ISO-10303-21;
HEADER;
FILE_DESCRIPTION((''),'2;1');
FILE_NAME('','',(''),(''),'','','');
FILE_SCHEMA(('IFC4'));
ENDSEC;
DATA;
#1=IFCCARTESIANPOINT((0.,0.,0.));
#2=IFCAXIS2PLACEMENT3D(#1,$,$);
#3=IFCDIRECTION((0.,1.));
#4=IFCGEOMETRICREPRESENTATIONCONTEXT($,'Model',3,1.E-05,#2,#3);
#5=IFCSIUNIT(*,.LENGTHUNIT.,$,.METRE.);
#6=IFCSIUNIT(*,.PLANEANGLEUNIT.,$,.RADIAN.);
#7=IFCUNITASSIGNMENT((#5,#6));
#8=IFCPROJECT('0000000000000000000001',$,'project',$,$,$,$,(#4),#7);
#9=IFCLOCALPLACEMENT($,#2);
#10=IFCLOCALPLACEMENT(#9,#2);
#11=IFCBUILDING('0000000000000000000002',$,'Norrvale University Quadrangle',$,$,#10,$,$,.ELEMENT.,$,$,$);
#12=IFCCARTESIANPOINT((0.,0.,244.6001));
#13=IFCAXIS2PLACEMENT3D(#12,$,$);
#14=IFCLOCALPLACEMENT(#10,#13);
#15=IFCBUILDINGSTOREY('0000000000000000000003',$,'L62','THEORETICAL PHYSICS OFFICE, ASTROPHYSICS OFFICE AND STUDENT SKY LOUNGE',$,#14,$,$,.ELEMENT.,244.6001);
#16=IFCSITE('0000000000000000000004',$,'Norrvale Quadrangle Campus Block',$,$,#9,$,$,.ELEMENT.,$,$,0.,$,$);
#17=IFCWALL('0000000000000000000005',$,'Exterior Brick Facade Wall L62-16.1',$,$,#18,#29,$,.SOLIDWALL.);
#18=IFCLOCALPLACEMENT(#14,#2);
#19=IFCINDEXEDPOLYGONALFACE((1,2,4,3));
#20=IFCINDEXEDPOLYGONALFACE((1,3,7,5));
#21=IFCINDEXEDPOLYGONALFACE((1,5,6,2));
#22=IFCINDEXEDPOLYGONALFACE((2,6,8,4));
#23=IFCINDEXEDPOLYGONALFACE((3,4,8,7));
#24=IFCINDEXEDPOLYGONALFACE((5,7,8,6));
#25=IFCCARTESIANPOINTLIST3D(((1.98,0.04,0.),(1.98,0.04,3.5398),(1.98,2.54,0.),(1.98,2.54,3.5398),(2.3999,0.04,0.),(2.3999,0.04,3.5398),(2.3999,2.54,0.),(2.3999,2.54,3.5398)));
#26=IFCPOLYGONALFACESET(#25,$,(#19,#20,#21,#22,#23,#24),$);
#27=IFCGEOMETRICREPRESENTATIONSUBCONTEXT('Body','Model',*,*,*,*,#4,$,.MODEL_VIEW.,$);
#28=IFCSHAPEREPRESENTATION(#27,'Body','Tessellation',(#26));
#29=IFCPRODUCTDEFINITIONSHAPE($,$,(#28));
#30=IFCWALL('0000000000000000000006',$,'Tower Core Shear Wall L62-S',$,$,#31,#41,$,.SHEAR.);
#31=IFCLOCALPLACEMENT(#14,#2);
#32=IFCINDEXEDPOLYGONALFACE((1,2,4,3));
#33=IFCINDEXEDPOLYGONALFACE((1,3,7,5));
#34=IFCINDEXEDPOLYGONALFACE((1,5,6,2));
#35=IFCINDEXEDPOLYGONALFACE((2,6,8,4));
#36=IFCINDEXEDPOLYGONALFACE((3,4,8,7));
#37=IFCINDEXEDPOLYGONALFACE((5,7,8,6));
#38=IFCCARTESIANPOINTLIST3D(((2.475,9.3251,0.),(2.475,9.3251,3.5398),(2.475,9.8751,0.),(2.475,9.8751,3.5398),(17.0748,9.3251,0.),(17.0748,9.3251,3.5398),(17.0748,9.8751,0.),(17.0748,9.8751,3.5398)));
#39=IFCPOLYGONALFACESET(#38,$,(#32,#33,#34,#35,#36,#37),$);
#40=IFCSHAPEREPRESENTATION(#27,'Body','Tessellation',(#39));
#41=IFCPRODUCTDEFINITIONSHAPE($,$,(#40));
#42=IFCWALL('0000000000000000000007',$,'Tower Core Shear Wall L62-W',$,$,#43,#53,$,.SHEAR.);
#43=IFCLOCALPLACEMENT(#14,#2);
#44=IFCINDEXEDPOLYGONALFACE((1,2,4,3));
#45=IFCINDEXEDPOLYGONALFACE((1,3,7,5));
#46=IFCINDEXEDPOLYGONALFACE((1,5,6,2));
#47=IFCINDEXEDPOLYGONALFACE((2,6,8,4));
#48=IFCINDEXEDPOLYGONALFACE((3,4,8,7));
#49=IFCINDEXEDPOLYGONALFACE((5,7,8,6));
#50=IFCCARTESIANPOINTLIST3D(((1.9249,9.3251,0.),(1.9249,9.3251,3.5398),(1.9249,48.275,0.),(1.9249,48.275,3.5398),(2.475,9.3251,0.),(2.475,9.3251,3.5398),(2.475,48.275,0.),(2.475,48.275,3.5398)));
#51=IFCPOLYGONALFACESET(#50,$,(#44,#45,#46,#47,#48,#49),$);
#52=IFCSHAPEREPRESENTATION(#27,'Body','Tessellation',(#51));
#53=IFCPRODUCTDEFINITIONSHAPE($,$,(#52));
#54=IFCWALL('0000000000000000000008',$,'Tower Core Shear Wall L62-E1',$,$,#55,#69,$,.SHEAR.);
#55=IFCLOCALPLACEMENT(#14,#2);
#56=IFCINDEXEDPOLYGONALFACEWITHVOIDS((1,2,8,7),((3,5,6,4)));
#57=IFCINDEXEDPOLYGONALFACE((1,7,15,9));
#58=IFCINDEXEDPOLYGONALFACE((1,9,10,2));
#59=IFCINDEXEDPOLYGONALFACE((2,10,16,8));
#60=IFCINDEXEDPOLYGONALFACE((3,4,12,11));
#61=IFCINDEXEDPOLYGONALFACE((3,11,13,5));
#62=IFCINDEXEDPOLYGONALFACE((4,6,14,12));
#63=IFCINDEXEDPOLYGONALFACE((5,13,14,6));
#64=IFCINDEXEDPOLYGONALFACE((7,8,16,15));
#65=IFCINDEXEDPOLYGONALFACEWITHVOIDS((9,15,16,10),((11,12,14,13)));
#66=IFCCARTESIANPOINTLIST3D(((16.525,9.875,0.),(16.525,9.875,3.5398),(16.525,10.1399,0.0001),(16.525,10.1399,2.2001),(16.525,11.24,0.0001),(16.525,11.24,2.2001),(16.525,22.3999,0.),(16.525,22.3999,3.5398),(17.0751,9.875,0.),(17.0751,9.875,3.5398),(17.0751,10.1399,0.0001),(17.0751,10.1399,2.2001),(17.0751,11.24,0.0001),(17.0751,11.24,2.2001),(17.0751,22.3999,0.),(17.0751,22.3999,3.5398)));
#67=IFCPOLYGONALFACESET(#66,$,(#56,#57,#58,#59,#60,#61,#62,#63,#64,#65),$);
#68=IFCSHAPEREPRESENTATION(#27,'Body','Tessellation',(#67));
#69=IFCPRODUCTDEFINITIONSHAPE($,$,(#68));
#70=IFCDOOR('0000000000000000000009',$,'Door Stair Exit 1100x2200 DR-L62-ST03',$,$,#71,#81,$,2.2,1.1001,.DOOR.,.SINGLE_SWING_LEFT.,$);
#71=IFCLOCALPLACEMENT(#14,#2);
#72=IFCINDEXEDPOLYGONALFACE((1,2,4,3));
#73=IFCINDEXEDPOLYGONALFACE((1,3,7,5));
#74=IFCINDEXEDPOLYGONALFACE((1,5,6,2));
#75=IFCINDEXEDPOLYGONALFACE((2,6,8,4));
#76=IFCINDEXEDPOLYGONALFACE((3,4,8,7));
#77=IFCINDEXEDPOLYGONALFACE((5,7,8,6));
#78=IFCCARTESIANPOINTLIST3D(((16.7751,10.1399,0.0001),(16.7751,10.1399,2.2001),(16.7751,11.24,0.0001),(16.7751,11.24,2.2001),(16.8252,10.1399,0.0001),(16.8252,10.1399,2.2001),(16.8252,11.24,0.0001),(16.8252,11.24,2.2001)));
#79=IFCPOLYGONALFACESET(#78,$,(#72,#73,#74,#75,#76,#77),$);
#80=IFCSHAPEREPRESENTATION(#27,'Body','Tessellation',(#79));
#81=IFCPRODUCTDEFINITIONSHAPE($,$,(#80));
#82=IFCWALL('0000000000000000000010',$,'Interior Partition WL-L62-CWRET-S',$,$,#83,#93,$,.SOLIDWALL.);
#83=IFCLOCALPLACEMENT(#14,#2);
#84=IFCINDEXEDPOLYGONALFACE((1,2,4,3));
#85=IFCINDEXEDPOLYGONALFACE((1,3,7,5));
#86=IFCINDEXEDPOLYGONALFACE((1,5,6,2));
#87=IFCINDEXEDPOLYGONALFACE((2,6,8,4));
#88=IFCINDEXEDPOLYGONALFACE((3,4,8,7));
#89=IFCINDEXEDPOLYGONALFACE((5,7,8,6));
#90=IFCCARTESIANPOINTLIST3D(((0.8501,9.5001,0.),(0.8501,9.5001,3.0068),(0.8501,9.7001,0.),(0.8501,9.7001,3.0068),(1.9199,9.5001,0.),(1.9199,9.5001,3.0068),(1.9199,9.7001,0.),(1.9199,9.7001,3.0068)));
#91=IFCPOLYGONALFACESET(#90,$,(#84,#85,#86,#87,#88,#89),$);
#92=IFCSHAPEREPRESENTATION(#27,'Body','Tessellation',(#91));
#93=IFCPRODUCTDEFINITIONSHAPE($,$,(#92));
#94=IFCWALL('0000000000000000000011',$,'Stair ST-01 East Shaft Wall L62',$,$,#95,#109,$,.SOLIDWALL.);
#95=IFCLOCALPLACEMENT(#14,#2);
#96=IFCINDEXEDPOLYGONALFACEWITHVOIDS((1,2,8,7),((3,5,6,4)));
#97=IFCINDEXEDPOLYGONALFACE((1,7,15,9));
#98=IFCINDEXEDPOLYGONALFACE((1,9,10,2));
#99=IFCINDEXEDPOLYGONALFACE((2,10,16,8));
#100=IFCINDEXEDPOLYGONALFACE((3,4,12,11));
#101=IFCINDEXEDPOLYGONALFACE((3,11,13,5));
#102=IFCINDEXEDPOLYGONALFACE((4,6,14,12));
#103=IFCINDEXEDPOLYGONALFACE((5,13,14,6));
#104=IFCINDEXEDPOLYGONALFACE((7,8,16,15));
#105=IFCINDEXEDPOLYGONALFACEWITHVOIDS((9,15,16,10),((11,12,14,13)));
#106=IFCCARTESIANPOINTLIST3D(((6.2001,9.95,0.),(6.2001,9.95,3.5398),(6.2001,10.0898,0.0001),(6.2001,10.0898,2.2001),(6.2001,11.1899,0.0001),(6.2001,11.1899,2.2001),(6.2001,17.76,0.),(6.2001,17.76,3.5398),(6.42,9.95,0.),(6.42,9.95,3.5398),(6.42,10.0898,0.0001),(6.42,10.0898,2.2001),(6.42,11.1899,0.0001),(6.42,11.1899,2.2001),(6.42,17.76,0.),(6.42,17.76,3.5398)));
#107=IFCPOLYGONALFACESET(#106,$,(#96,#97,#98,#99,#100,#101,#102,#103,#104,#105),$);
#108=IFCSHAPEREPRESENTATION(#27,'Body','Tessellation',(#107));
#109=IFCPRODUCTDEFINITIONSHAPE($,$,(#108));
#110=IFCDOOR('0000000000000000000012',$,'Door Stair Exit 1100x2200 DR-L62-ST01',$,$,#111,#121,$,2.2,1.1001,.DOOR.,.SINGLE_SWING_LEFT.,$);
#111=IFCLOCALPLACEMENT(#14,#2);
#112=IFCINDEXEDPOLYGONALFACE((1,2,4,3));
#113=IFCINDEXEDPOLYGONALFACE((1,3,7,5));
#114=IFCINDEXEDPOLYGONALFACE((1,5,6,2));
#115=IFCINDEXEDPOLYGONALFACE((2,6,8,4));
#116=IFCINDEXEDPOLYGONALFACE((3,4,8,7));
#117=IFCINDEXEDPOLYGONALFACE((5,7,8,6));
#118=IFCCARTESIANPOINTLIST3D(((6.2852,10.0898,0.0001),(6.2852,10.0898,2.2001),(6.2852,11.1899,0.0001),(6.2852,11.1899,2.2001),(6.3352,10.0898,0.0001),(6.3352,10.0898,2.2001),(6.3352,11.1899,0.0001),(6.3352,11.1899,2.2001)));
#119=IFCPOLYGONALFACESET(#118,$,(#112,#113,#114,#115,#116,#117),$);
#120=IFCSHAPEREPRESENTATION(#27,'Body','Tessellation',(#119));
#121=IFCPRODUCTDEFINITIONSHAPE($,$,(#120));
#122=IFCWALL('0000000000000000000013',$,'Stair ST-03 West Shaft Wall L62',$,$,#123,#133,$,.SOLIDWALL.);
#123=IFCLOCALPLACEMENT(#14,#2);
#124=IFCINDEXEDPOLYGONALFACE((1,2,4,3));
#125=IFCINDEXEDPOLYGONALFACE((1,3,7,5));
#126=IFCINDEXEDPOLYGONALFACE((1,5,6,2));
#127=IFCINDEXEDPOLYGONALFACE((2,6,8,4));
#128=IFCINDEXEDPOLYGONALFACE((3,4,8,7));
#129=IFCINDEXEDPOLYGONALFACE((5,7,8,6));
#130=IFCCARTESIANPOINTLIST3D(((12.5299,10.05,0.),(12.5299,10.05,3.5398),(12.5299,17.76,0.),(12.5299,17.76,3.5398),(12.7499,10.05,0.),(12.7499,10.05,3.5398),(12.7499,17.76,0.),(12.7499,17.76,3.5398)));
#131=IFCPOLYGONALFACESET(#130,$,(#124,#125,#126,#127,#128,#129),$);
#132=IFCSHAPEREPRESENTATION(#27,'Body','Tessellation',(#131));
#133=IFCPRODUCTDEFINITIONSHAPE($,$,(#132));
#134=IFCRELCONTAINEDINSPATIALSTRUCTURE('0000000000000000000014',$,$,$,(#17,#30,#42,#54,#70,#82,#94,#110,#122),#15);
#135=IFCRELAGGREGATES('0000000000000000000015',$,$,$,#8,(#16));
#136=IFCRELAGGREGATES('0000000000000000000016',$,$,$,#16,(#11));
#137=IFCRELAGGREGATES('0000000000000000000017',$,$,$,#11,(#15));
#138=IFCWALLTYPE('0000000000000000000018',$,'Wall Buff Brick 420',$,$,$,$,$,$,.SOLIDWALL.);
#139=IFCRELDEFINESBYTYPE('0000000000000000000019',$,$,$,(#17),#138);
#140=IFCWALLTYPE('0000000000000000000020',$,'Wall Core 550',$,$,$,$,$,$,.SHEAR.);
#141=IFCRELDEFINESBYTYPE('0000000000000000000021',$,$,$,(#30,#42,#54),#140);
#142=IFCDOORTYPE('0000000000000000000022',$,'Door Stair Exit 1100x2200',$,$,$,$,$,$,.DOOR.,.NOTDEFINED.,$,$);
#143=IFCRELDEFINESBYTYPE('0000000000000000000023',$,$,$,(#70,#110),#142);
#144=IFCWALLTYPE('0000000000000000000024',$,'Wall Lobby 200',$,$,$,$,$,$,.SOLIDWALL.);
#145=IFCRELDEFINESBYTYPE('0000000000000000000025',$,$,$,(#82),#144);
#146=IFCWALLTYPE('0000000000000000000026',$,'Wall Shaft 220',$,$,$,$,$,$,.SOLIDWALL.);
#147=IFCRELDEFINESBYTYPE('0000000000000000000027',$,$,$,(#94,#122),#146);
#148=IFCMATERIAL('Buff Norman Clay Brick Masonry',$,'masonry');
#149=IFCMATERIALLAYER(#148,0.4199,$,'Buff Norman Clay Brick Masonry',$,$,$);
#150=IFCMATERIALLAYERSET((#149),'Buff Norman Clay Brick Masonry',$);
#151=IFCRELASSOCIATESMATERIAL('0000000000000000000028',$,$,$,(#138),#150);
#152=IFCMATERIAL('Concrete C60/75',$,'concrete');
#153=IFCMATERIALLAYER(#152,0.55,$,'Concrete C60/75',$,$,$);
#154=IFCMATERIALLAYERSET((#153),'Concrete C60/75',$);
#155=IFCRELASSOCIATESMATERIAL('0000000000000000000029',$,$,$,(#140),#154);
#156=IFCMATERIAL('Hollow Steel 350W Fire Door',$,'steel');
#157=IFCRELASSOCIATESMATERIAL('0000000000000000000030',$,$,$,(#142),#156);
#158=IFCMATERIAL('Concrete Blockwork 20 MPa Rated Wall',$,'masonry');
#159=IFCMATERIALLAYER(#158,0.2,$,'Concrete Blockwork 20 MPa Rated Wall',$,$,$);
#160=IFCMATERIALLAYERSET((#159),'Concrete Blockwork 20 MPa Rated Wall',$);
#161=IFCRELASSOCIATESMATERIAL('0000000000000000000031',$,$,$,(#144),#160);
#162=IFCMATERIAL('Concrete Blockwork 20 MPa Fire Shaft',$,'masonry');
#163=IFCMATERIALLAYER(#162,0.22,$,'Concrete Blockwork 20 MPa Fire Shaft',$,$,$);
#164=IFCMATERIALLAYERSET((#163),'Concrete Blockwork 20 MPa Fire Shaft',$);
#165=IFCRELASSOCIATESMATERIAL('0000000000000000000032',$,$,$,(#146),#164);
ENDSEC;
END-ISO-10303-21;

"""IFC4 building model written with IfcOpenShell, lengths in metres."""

from ifc_helpers import new_model, si_unit, direction, frame, frame_2d, origin, place, context, subcontext, project, spatial, rectangle, extrude, material, layer, layer_set, type_object, element, fill, save


model = new_model("IFC4")

# Units and contexts
model_context = context("Model", 3, precision=1e-05, world=origin(), true_north=direction((0.0, 1.0)))
body_context = subcontext(model_context, "Body", "Model", "MODEL_VIEW")
ifc_project = project(units=[si_unit("LENGTHUNIT", "METRE"), si_unit("PLANEANGLEUNIT", "RADIAN")], contexts=[model_context])

# Site, building, storey
site_placement = place(None, origin())
site = spatial("IfcSite", under=ifc_project, at=site_placement, Name="Norrvale Quadrangle Campus Block", CompositionType="ELEMENT", RefElevation=0.0)
building_placement = place(site_placement, origin())
building = spatial("IfcBuilding", under=site, at=building_placement, Name="Norrvale University Quadrangle", CompositionType="ELEMENT")
storey_placement = place(building_placement, frame((0.0, 0.0, 244.6001)))
storey = spatial("IfcBuildingStorey", under=building, at=storey_placement, Name="L62", Description="THEORETICAL PHYSICS OFFICE, ASTROPHYSICS OFFICE AND STUDENT SKY LOUNGE", CompositionType="ELEMENT", Elevation=244.6001)

# Shared definitions
ifc_material_1 = material(Name="Concrete C60/75", Category="concrete")

# Shared definitions
ifc_material_2 = material(Name="Buff Norman Clay Brick Masonry", Category="masonry")
ifc_layer_1 = layer(ifc_material_2, 0.4199, Name="Buff Norman Clay Brick Masonry")
ifc_layer_set_1 = layer_set([ifc_layer_1], Name="Buff Norman Clay Brick Masonry")
wall_type_1 = type_object("IfcWallType", Name="Wall Buff Brick 420", PredefinedType="SOLIDWALL", material=ifc_layer_set_1)

# Walls
wall_1_placement = place(storey_placement, frame((2.1899, 2.54, 0.0), z_axis=(0.0, 0.0, 1.0), x_axis=(0.0, -1.0, 0.0)))
element("IfcWall", 1, at=wall_1_placement, inside=storey, type_object=wall_type_1, Name="Exterior Brick Facade Wall L62-16.1", PredefinedType="SOLIDWALL", context=body_context, shape_type="SweptSolid", body=[
    extrude(rectangle(XDim=2.5, YDim=0.4199, at=frame_2d((1.25, 0.0))), origin(), (0.0, 0.0, 1.0), 3.5398),
])
ifc_layer_2 = layer(ifc_material_1, 0.55, Name="Concrete C60/75")
ifc_layer_set_2 = layer_set([ifc_layer_2], Name="Concrete C60/75")
wall_type_2 = type_object("IfcWallType", Name="Wall Core 550", PredefinedType="SHEAR", material=ifc_layer_set_2)
wall_2_placement = place(storey_placement, frame((2.4751, 9.6001, 0.0), z_axis=(0.0, 0.0, 1.0), x_axis=(1.0, 0.0, 0.0)))
element("IfcWall", 2, at=wall_2_placement, inside=storey, type_object=wall_type_2, Name="Tower Core Shear Wall L62-S", PredefinedType="SHEAR", context=body_context, shape_type="SweptSolid", body=[
    extrude(rectangle(XDim=14.5999, YDim=0.55, at=frame_2d((7.2998, 0.0))), origin(), (0.0, 0.0, 1.0), 3.5398),
])
wall_3_placement = place(storey_placement, frame((2.2, 9.325, 0.0), z_axis=(0.0, 0.0, 1.0), x_axis=(0.0, 1.0, 0.0)))
element("IfcWall", 3, at=wall_3_placement, inside=storey, type_object=wall_type_2, Name="Tower Core Shear Wall L62-W", PredefinedType="SHEAR", context=body_context, shape_type="SweptSolid", body=[
    extrude(rectangle(XDim=38.95, YDim=0.55, at=frame_2d((19.4751, 0.0))), origin(), (0.0, 0.0, 1.0), 3.5398),
])

# Wall, opening, door
wall_4_placement = place(storey_placement, frame((16.8, 9.875, 0.0), z_axis=(0.0, 0.0, 1.0), x_axis=(0.0, 1.0, 0.0)))
wall_4 = element("IfcWall", 4, at=wall_4_placement, inside=storey, type_object=wall_type_2, Name="Tower Core Shear Wall L62-E1", PredefinedType="SHEAR", context=body_context, shape_type="SweptSolid", body=[
    extrude(rectangle(XDim=12.5249, YDim=0.55, at=frame_2d((6.2625, 0.0))), origin(), (0.0, 0.0, 1.0), 3.5398),
])
opening_1_placement = place(wall_4_placement, frame((0.2649, 0.0, 0.0)))
opening_1 = element("IfcOpeningElement", 5, at=opening_1_placement, cuts=wall_4, PredefinedType="OPENING", context=body_context, shape_type="SweptSolid", body=[
    extrude(rectangle(XDim=1.1001, YDim=2.2, at=frame_2d((0.55, 1.1001))), frame((0.0, 0.2871, 0.0), z_axis=(0.0, -1.0, 0.0), x_axis=(1.0, 0.0, 0.0)), (0.0, 0.0, 1.0), 0.574),
])
ifc_material_3 = material(Name="Hollow Steel 350W Fire Door", Category="steel")
door_type = type_object("IfcDoorType", Name="Door Stair Exit 1100x2200", OperationType="NOTDEFINED", PredefinedType="DOOR", material=ifc_material_3)
door_1_placement = place(opening_1_placement, origin())
door_1 = element("IfcDoor", 6, at=door_1_placement, inside=storey, type_object=door_type, Name="Door Stair Exit 1100x2200 DR-L62-ST03", OperationType="SINGLE_SWING_LEFT", OverallHeight=2.2, OverallWidth=1.1001, PredefinedType="DOOR", context=body_context, shape_type="SweptSolid", body=[
    extrude(rectangle(XDim=1.1001, YDim=2.2, at=frame_2d((0.55, 1.1001))), frame((0.0, 0.0249, 0.0), z_axis=(0.0, -1.0, 0.0), x_axis=(1.0, 0.0, 0.0)), (0.0, 0.0, 1.0), 0.05),
])
fill(opening_1, door_1)

# Wall
ifc_material_4 = material(Name="Concrete Blockwork 20 MPa Rated Wall", Category="masonry")
ifc_layer_3 = layer(ifc_material_4, 0.2, Name="Concrete Blockwork 20 MPa Rated Wall")
ifc_layer_set_3 = layer_set([ifc_layer_3], Name="Concrete Blockwork 20 MPa Rated Wall")
wall_type_3 = type_object("IfcWallType", Name="Wall Lobby 200", PredefinedType="SOLIDWALL", material=ifc_layer_set_3)
wall_5_placement = place(storey_placement, frame((0.8501, 9.6001, 0.0), z_axis=(0.0, 0.0, 1.0), x_axis=(1.0, 0.0, 0.0)))
element("IfcWall", 7, at=wall_5_placement, inside=storey, type_object=wall_type_3, Name="Interior Partition WL-L62-CWRET-S", PredefinedType="SOLIDWALL", context=body_context, shape_type="SweptSolid", body=[
    extrude(rectangle(XDim=1.0698, YDim=0.2, at=frame_2d((0.5349, 0.0))), origin(), (0.0, 0.0, 1.0), 3.0068),
])

# Wall, opening, door
ifc_material_5 = material(Name="Concrete Blockwork 20 MPa Fire Shaft", Category="masonry")
ifc_layer_4 = layer(ifc_material_5, 0.22, Name="Concrete Blockwork 20 MPa Fire Shaft")
ifc_layer_set_4 = layer_set([ifc_layer_4], Name="Concrete Blockwork 20 MPa Fire Shaft")
wall_type_4 = type_object("IfcWallType", Name="Wall Shaft 220", PredefinedType="SOLIDWALL", material=ifc_layer_set_4)
wall_6_placement = place(storey_placement, frame((6.3101, 9.95, 0.0), z_axis=(0.0, 0.0, 1.0), x_axis=(0.0, 1.0, 0.0)))
wall_6 = element("IfcWall", 8, at=wall_6_placement, inside=storey, type_object=wall_type_4, Name="Stair ST-01 East Shaft Wall L62", PredefinedType="SOLIDWALL", context=body_context, shape_type="SweptSolid", body=[
    extrude(rectangle(XDim=7.8101, YDim=0.22, at=frame_2d((3.905, 0.0))), origin(), (0.0, 0.0, 1.0), 3.5398),
])
opening_2_placement = place(wall_6_placement, frame((0.1399, 0.0, 0.0)))
opening_2 = element("IfcOpeningElement", 9, at=opening_2_placement, cuts=wall_6, PredefinedType="OPENING", context=body_context, shape_type="SweptSolid", body=[
    extrude(rectangle(XDim=1.1001, YDim=2.2, at=frame_2d((0.55, 1.1001))), frame((0.0, 0.1221, 0.0), z_axis=(0.0, -1.0, 0.0), x_axis=(1.0, 0.0, 0.0)), (0.0, 0.0, 1.0), 0.2439),
])
door_2_placement = place(opening_2_placement, origin())
door_2 = element("IfcDoor", 10, at=door_2_placement, inside=storey, type_object=door_type, Name="Door Stair Exit 1100x2200 DR-L62-ST01", OperationType="SINGLE_SWING_LEFT", OverallHeight=2.2, OverallWidth=1.1001, PredefinedType="DOOR", context=body_context, shape_type="SweptSolid", body=[
    extrude(rectangle(XDim=1.1001, YDim=2.2, at=frame_2d((0.55, 1.1001))), frame((0.0, 0.0249, 0.0), z_axis=(0.0, -1.0, 0.0), x_axis=(1.0, 0.0, 0.0)), (0.0, 0.0, 1.0), 0.05),
])
fill(opening_2, door_2)

# Wall
wall_7_placement = place(storey_placement, frame((12.6399, 10.05, 0.0), z_axis=(0.0, 0.0, 1.0), x_axis=(0.0, 1.0, 0.0)))
element("IfcWall", 11, at=wall_7_placement, inside=storey, type_object=wall_type_4, Name="Stair ST-03 West Shaft Wall L62", PredefinedType="SOLIDWALL", context=body_context, shape_type="SweptSolid", body=[
    extrude(rectangle(XDim=7.71, YDim=0.22, at=frame_2d((3.855, 0.0))), origin(), (0.0, 0.0, 1.0), 3.5398),
])

save(model, "model.ifc")
